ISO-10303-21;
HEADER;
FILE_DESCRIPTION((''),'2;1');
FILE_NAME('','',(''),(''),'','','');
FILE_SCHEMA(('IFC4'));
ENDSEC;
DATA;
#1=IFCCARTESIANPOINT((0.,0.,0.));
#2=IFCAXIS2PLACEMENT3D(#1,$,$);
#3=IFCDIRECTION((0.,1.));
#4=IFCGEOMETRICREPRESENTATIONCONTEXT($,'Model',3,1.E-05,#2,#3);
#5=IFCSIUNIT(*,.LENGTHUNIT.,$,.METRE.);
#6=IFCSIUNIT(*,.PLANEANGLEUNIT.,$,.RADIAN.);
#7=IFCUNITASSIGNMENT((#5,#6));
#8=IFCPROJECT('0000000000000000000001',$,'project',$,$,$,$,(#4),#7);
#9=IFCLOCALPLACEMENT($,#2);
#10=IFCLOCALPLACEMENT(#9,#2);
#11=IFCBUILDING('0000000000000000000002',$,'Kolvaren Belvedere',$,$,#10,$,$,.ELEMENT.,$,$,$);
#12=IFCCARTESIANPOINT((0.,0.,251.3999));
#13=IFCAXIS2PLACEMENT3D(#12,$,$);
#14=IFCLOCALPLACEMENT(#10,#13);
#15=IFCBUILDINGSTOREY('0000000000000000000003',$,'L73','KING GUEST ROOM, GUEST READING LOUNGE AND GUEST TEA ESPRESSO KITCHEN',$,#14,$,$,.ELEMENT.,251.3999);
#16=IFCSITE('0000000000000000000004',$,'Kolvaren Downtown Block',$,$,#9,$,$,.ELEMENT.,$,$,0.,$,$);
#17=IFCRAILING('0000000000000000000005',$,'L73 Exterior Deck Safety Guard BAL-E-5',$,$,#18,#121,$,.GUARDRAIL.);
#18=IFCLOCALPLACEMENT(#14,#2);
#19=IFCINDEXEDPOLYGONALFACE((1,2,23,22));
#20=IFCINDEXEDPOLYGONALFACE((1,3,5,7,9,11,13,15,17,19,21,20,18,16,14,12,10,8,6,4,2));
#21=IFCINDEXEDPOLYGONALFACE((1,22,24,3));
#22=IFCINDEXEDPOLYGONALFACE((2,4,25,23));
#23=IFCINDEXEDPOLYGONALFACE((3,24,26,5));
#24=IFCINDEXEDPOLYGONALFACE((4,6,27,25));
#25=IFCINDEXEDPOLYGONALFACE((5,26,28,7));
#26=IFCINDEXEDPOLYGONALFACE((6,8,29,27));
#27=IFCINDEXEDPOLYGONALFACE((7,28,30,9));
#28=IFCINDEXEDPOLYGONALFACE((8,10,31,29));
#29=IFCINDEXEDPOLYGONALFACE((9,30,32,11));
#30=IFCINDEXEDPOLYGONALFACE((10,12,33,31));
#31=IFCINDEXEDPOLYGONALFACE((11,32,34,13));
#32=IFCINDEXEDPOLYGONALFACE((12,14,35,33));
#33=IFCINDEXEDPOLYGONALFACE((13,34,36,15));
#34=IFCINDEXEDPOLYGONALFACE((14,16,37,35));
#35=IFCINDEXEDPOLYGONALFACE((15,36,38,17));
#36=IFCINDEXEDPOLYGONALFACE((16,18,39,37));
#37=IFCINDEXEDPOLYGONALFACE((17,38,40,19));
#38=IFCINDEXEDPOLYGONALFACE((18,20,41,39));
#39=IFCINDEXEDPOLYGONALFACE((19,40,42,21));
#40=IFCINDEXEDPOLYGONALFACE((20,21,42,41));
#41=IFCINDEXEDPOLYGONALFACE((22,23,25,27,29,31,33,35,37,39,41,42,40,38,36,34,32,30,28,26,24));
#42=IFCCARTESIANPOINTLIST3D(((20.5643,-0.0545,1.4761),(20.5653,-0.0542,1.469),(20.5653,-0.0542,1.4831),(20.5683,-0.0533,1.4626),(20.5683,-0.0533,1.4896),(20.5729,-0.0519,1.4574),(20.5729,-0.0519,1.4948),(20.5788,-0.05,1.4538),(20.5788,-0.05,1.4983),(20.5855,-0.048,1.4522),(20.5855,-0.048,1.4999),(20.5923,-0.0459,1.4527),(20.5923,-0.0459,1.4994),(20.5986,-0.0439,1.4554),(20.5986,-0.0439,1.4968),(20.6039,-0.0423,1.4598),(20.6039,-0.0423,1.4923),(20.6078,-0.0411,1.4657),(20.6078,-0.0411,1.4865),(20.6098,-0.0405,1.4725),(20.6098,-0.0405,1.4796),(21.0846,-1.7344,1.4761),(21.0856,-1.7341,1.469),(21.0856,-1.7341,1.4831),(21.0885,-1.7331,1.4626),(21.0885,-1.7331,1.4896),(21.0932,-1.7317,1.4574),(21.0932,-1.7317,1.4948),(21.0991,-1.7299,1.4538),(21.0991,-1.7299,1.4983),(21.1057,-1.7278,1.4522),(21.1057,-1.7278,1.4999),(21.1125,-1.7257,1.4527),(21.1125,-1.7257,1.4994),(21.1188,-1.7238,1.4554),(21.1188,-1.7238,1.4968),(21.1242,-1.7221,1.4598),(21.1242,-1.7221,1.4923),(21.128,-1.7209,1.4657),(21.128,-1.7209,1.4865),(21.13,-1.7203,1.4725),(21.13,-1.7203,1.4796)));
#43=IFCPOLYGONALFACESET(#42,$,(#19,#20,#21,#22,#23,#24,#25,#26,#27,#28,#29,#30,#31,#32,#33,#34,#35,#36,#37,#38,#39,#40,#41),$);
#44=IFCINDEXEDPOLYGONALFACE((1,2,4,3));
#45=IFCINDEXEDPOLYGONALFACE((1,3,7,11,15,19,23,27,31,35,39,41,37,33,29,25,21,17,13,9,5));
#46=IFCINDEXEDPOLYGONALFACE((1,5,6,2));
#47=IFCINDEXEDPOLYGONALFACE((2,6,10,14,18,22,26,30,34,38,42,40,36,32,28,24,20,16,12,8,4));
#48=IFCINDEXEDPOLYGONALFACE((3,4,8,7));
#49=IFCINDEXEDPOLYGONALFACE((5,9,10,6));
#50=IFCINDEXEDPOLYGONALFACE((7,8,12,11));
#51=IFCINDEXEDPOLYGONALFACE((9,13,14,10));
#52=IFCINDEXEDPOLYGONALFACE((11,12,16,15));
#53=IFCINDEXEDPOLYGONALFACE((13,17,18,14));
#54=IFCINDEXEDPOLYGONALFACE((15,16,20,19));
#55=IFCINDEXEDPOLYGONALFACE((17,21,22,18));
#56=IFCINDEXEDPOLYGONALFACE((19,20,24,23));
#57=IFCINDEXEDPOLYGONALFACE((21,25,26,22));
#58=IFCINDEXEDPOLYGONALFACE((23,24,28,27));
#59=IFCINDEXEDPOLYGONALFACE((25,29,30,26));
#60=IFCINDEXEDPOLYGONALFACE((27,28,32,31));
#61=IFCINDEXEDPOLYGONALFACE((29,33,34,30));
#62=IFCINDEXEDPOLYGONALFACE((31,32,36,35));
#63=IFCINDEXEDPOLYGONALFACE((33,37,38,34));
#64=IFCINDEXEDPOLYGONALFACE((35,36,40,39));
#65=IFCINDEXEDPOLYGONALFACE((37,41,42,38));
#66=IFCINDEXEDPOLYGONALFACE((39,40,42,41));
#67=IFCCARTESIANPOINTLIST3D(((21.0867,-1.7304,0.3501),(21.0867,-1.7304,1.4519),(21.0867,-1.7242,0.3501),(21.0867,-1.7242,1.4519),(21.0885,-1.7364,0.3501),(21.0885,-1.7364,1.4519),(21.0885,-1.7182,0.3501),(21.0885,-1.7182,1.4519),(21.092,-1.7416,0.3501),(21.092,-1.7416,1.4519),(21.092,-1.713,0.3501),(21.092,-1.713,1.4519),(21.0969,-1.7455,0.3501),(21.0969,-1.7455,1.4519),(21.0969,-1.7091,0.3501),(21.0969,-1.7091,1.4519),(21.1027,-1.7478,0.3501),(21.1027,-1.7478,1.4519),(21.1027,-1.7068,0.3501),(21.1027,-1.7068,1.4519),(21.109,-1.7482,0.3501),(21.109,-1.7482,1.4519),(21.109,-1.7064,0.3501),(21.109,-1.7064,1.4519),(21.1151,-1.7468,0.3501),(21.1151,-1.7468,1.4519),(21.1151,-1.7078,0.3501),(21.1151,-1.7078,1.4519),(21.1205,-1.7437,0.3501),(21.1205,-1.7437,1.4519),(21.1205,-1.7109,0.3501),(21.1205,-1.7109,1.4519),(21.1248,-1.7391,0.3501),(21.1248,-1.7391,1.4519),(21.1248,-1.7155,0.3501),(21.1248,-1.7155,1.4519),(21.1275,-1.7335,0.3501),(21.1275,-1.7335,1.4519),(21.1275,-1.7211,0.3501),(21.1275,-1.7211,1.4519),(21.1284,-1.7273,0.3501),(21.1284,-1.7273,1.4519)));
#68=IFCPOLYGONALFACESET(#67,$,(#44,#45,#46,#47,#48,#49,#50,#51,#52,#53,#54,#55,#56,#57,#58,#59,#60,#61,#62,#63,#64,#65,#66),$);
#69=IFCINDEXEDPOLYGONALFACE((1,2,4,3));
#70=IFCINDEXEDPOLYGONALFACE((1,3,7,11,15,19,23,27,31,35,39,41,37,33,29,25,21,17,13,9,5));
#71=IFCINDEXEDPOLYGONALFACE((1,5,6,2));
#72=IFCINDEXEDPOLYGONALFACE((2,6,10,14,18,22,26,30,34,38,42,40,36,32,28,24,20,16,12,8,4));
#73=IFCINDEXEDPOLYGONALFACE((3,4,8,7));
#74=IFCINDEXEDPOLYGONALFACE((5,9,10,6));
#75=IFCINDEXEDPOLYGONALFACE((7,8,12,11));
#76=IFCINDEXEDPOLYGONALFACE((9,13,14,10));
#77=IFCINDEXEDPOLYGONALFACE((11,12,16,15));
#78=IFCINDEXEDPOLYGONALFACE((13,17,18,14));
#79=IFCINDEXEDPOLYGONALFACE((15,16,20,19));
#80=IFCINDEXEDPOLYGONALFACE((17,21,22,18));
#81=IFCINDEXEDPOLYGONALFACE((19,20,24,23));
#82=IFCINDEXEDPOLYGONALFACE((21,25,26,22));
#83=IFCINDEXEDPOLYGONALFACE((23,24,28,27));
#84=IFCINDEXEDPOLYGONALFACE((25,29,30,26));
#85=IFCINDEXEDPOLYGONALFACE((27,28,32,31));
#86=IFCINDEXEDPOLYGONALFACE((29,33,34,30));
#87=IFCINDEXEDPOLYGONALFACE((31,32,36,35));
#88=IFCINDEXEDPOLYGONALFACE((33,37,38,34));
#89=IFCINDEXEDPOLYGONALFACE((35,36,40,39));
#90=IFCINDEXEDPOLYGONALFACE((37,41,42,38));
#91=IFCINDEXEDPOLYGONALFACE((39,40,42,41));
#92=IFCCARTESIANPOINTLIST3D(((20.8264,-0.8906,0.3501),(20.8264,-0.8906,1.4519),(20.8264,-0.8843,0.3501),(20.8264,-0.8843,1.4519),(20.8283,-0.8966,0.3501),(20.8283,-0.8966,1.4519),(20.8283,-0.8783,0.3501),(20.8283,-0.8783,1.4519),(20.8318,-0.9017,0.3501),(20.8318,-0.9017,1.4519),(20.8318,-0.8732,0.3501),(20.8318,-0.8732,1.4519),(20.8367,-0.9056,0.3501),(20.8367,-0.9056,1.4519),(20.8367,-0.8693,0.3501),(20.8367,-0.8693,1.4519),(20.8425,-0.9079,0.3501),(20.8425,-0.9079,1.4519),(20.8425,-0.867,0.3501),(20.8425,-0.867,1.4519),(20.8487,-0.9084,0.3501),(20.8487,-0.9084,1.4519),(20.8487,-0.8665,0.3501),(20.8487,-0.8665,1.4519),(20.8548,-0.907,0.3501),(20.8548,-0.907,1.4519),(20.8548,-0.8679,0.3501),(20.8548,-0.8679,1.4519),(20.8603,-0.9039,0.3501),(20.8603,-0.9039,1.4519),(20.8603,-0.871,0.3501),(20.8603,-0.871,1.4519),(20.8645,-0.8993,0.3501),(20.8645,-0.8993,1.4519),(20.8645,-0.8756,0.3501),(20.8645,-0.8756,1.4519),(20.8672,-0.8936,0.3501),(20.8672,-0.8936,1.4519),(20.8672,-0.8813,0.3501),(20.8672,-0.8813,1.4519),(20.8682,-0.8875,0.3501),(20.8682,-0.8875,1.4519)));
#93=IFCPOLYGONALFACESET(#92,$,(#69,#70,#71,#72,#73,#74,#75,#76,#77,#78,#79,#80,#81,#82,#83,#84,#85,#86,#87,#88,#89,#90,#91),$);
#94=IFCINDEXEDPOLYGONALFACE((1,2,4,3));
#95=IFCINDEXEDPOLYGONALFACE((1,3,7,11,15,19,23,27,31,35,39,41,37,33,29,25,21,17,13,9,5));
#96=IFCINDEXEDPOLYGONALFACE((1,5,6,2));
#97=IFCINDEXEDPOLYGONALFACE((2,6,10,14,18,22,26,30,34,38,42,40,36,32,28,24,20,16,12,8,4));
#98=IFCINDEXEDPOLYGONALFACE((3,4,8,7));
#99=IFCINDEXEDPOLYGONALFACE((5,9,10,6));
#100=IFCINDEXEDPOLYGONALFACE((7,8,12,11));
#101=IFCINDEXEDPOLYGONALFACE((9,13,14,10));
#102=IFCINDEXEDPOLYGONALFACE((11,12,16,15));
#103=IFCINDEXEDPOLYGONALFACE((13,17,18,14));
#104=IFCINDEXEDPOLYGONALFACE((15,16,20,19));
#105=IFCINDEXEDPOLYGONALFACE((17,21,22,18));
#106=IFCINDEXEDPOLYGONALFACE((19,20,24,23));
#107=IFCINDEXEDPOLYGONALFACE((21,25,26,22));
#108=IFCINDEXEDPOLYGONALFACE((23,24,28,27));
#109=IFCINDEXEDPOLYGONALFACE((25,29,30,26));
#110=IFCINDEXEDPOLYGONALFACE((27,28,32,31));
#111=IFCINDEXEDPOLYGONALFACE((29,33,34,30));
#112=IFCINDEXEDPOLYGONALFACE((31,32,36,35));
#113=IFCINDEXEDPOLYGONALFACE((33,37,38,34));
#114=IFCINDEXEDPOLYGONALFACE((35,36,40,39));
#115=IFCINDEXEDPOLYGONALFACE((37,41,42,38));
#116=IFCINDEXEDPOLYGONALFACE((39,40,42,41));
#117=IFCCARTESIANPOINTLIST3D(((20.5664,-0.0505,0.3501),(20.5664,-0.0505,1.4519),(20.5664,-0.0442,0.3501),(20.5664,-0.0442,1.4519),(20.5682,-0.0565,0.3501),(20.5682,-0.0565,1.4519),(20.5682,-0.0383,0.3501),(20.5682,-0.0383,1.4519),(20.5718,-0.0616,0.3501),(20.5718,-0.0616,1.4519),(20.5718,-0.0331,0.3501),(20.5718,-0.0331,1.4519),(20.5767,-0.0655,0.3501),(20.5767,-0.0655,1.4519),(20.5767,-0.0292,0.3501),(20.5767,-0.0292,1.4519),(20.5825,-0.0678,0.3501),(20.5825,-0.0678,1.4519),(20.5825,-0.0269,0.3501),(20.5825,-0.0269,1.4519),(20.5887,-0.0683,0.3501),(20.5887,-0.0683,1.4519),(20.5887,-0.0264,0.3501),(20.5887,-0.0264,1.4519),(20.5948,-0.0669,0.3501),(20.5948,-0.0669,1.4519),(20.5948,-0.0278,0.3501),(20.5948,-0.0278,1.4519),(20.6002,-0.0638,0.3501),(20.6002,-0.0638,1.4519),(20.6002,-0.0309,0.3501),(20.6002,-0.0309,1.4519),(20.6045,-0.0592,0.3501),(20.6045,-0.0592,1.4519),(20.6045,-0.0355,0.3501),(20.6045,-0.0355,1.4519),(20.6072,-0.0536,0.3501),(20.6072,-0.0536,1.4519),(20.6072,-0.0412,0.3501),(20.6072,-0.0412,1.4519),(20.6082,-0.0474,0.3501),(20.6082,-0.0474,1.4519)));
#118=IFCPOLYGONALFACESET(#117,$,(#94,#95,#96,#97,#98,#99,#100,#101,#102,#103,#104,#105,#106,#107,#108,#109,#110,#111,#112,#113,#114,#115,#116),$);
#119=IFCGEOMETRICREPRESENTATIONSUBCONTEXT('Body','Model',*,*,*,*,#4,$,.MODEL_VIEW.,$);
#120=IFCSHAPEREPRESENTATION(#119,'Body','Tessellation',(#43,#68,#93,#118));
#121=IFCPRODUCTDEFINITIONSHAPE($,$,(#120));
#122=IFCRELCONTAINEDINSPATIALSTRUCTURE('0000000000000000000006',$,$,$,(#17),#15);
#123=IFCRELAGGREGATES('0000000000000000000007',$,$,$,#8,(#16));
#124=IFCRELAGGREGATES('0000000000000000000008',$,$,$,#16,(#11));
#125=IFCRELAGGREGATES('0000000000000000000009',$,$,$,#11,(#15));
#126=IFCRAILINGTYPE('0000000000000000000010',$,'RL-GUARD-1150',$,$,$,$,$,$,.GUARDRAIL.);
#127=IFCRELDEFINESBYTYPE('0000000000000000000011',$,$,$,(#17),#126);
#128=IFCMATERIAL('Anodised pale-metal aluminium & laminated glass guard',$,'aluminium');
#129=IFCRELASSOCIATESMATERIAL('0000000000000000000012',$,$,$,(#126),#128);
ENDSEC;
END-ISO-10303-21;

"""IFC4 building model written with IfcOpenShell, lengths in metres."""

from ifc_helpers import new_model, si_unit, direction, frame, origin, origin_2d, place, context, subcontext, project, spatial, circle, extrude, material, type_object, element, save


model = new_model("IFC4")

# Units and contexts
model_context = context("Model", 3, precision=1e-05, world=origin(), true_north=direction((0.0, 1.0)))
body_context = subcontext(model_context, "Body", "Model", "MODEL_VIEW")
ifc_project = project(units=[si_unit("LENGTHUNIT", "METRE"), si_unit("PLANEANGLEUNIT", "RADIAN")], contexts=[model_context])

# Site, building, storey
site_placement = place(None, origin())
site = spatial("IfcSite", under=ifc_project, at=site_placement, Name="Kolvaren Downtown Block", CompositionType="ELEMENT", RefElevation=0.0)
building_placement = place(site_placement, origin())
building = spatial("IfcBuilding", under=site, at=building_placement, Name="Kolvaren Belvedere", CompositionType="ELEMENT")
storey_placement = place(building_placement, frame((0.0, 0.0, 251.3999)))
storey = spatial("IfcBuildingStorey", under=building, at=storey_placement, Name="L73", Description="KING GUEST ROOM, GUEST READING LOUNGE AND GUEST TEA ESPRESSO KITCHEN", CompositionType="ELEMENT", Elevation=251.3999)

# Railing
ifc_material_1 = material(Name="Anodised pale-metal aluminium & laminated glass guard", Category="aluminium")
railing_type = type_object("IfcRailingType", Name="RL-GUARD-1150", PredefinedType="GUARDRAIL", material=ifc_material_1)
railing_1_placement = place(storey_placement, frame((21.1074, -1.7273, 0.3501)))
element("IfcRailing", 1, at=railing_1_placement, inside=storey, type_object=railing_type, Name="L73 Exterior Deck Safety Guard BAL-E-5", PredefinedType="GUARDRAIL", context=body_context, shape_type="SweptSolid", body=[
    extrude(circle(Radius=0.0239, at=origin_2d()), frame((0.0, 0.0, 1.126), z_axis=(-0.295832, 0.95524, 0.0), x_axis=(-0.95524, -0.295832, 0.0)), (0.0, 0.0, 1.0), 1.7585),
    extrude(circle(Radius=0.021, at=origin_2d()), origin(), (0.0, 0.0, 1.0), 1.1018),
    extrude(circle(Radius=0.021, at=origin_2d()), frame((-0.2603, 0.8398, 0.0)), (0.0, 0.0, 1.0), 1.1018),
    extrude(circle(Radius=0.021, at=origin_2d()), frame((-0.5203, 1.6799, 0.0)), (0.0, 0.0, 1.0), 1.1018),
])

save(model, "model.ifc")
